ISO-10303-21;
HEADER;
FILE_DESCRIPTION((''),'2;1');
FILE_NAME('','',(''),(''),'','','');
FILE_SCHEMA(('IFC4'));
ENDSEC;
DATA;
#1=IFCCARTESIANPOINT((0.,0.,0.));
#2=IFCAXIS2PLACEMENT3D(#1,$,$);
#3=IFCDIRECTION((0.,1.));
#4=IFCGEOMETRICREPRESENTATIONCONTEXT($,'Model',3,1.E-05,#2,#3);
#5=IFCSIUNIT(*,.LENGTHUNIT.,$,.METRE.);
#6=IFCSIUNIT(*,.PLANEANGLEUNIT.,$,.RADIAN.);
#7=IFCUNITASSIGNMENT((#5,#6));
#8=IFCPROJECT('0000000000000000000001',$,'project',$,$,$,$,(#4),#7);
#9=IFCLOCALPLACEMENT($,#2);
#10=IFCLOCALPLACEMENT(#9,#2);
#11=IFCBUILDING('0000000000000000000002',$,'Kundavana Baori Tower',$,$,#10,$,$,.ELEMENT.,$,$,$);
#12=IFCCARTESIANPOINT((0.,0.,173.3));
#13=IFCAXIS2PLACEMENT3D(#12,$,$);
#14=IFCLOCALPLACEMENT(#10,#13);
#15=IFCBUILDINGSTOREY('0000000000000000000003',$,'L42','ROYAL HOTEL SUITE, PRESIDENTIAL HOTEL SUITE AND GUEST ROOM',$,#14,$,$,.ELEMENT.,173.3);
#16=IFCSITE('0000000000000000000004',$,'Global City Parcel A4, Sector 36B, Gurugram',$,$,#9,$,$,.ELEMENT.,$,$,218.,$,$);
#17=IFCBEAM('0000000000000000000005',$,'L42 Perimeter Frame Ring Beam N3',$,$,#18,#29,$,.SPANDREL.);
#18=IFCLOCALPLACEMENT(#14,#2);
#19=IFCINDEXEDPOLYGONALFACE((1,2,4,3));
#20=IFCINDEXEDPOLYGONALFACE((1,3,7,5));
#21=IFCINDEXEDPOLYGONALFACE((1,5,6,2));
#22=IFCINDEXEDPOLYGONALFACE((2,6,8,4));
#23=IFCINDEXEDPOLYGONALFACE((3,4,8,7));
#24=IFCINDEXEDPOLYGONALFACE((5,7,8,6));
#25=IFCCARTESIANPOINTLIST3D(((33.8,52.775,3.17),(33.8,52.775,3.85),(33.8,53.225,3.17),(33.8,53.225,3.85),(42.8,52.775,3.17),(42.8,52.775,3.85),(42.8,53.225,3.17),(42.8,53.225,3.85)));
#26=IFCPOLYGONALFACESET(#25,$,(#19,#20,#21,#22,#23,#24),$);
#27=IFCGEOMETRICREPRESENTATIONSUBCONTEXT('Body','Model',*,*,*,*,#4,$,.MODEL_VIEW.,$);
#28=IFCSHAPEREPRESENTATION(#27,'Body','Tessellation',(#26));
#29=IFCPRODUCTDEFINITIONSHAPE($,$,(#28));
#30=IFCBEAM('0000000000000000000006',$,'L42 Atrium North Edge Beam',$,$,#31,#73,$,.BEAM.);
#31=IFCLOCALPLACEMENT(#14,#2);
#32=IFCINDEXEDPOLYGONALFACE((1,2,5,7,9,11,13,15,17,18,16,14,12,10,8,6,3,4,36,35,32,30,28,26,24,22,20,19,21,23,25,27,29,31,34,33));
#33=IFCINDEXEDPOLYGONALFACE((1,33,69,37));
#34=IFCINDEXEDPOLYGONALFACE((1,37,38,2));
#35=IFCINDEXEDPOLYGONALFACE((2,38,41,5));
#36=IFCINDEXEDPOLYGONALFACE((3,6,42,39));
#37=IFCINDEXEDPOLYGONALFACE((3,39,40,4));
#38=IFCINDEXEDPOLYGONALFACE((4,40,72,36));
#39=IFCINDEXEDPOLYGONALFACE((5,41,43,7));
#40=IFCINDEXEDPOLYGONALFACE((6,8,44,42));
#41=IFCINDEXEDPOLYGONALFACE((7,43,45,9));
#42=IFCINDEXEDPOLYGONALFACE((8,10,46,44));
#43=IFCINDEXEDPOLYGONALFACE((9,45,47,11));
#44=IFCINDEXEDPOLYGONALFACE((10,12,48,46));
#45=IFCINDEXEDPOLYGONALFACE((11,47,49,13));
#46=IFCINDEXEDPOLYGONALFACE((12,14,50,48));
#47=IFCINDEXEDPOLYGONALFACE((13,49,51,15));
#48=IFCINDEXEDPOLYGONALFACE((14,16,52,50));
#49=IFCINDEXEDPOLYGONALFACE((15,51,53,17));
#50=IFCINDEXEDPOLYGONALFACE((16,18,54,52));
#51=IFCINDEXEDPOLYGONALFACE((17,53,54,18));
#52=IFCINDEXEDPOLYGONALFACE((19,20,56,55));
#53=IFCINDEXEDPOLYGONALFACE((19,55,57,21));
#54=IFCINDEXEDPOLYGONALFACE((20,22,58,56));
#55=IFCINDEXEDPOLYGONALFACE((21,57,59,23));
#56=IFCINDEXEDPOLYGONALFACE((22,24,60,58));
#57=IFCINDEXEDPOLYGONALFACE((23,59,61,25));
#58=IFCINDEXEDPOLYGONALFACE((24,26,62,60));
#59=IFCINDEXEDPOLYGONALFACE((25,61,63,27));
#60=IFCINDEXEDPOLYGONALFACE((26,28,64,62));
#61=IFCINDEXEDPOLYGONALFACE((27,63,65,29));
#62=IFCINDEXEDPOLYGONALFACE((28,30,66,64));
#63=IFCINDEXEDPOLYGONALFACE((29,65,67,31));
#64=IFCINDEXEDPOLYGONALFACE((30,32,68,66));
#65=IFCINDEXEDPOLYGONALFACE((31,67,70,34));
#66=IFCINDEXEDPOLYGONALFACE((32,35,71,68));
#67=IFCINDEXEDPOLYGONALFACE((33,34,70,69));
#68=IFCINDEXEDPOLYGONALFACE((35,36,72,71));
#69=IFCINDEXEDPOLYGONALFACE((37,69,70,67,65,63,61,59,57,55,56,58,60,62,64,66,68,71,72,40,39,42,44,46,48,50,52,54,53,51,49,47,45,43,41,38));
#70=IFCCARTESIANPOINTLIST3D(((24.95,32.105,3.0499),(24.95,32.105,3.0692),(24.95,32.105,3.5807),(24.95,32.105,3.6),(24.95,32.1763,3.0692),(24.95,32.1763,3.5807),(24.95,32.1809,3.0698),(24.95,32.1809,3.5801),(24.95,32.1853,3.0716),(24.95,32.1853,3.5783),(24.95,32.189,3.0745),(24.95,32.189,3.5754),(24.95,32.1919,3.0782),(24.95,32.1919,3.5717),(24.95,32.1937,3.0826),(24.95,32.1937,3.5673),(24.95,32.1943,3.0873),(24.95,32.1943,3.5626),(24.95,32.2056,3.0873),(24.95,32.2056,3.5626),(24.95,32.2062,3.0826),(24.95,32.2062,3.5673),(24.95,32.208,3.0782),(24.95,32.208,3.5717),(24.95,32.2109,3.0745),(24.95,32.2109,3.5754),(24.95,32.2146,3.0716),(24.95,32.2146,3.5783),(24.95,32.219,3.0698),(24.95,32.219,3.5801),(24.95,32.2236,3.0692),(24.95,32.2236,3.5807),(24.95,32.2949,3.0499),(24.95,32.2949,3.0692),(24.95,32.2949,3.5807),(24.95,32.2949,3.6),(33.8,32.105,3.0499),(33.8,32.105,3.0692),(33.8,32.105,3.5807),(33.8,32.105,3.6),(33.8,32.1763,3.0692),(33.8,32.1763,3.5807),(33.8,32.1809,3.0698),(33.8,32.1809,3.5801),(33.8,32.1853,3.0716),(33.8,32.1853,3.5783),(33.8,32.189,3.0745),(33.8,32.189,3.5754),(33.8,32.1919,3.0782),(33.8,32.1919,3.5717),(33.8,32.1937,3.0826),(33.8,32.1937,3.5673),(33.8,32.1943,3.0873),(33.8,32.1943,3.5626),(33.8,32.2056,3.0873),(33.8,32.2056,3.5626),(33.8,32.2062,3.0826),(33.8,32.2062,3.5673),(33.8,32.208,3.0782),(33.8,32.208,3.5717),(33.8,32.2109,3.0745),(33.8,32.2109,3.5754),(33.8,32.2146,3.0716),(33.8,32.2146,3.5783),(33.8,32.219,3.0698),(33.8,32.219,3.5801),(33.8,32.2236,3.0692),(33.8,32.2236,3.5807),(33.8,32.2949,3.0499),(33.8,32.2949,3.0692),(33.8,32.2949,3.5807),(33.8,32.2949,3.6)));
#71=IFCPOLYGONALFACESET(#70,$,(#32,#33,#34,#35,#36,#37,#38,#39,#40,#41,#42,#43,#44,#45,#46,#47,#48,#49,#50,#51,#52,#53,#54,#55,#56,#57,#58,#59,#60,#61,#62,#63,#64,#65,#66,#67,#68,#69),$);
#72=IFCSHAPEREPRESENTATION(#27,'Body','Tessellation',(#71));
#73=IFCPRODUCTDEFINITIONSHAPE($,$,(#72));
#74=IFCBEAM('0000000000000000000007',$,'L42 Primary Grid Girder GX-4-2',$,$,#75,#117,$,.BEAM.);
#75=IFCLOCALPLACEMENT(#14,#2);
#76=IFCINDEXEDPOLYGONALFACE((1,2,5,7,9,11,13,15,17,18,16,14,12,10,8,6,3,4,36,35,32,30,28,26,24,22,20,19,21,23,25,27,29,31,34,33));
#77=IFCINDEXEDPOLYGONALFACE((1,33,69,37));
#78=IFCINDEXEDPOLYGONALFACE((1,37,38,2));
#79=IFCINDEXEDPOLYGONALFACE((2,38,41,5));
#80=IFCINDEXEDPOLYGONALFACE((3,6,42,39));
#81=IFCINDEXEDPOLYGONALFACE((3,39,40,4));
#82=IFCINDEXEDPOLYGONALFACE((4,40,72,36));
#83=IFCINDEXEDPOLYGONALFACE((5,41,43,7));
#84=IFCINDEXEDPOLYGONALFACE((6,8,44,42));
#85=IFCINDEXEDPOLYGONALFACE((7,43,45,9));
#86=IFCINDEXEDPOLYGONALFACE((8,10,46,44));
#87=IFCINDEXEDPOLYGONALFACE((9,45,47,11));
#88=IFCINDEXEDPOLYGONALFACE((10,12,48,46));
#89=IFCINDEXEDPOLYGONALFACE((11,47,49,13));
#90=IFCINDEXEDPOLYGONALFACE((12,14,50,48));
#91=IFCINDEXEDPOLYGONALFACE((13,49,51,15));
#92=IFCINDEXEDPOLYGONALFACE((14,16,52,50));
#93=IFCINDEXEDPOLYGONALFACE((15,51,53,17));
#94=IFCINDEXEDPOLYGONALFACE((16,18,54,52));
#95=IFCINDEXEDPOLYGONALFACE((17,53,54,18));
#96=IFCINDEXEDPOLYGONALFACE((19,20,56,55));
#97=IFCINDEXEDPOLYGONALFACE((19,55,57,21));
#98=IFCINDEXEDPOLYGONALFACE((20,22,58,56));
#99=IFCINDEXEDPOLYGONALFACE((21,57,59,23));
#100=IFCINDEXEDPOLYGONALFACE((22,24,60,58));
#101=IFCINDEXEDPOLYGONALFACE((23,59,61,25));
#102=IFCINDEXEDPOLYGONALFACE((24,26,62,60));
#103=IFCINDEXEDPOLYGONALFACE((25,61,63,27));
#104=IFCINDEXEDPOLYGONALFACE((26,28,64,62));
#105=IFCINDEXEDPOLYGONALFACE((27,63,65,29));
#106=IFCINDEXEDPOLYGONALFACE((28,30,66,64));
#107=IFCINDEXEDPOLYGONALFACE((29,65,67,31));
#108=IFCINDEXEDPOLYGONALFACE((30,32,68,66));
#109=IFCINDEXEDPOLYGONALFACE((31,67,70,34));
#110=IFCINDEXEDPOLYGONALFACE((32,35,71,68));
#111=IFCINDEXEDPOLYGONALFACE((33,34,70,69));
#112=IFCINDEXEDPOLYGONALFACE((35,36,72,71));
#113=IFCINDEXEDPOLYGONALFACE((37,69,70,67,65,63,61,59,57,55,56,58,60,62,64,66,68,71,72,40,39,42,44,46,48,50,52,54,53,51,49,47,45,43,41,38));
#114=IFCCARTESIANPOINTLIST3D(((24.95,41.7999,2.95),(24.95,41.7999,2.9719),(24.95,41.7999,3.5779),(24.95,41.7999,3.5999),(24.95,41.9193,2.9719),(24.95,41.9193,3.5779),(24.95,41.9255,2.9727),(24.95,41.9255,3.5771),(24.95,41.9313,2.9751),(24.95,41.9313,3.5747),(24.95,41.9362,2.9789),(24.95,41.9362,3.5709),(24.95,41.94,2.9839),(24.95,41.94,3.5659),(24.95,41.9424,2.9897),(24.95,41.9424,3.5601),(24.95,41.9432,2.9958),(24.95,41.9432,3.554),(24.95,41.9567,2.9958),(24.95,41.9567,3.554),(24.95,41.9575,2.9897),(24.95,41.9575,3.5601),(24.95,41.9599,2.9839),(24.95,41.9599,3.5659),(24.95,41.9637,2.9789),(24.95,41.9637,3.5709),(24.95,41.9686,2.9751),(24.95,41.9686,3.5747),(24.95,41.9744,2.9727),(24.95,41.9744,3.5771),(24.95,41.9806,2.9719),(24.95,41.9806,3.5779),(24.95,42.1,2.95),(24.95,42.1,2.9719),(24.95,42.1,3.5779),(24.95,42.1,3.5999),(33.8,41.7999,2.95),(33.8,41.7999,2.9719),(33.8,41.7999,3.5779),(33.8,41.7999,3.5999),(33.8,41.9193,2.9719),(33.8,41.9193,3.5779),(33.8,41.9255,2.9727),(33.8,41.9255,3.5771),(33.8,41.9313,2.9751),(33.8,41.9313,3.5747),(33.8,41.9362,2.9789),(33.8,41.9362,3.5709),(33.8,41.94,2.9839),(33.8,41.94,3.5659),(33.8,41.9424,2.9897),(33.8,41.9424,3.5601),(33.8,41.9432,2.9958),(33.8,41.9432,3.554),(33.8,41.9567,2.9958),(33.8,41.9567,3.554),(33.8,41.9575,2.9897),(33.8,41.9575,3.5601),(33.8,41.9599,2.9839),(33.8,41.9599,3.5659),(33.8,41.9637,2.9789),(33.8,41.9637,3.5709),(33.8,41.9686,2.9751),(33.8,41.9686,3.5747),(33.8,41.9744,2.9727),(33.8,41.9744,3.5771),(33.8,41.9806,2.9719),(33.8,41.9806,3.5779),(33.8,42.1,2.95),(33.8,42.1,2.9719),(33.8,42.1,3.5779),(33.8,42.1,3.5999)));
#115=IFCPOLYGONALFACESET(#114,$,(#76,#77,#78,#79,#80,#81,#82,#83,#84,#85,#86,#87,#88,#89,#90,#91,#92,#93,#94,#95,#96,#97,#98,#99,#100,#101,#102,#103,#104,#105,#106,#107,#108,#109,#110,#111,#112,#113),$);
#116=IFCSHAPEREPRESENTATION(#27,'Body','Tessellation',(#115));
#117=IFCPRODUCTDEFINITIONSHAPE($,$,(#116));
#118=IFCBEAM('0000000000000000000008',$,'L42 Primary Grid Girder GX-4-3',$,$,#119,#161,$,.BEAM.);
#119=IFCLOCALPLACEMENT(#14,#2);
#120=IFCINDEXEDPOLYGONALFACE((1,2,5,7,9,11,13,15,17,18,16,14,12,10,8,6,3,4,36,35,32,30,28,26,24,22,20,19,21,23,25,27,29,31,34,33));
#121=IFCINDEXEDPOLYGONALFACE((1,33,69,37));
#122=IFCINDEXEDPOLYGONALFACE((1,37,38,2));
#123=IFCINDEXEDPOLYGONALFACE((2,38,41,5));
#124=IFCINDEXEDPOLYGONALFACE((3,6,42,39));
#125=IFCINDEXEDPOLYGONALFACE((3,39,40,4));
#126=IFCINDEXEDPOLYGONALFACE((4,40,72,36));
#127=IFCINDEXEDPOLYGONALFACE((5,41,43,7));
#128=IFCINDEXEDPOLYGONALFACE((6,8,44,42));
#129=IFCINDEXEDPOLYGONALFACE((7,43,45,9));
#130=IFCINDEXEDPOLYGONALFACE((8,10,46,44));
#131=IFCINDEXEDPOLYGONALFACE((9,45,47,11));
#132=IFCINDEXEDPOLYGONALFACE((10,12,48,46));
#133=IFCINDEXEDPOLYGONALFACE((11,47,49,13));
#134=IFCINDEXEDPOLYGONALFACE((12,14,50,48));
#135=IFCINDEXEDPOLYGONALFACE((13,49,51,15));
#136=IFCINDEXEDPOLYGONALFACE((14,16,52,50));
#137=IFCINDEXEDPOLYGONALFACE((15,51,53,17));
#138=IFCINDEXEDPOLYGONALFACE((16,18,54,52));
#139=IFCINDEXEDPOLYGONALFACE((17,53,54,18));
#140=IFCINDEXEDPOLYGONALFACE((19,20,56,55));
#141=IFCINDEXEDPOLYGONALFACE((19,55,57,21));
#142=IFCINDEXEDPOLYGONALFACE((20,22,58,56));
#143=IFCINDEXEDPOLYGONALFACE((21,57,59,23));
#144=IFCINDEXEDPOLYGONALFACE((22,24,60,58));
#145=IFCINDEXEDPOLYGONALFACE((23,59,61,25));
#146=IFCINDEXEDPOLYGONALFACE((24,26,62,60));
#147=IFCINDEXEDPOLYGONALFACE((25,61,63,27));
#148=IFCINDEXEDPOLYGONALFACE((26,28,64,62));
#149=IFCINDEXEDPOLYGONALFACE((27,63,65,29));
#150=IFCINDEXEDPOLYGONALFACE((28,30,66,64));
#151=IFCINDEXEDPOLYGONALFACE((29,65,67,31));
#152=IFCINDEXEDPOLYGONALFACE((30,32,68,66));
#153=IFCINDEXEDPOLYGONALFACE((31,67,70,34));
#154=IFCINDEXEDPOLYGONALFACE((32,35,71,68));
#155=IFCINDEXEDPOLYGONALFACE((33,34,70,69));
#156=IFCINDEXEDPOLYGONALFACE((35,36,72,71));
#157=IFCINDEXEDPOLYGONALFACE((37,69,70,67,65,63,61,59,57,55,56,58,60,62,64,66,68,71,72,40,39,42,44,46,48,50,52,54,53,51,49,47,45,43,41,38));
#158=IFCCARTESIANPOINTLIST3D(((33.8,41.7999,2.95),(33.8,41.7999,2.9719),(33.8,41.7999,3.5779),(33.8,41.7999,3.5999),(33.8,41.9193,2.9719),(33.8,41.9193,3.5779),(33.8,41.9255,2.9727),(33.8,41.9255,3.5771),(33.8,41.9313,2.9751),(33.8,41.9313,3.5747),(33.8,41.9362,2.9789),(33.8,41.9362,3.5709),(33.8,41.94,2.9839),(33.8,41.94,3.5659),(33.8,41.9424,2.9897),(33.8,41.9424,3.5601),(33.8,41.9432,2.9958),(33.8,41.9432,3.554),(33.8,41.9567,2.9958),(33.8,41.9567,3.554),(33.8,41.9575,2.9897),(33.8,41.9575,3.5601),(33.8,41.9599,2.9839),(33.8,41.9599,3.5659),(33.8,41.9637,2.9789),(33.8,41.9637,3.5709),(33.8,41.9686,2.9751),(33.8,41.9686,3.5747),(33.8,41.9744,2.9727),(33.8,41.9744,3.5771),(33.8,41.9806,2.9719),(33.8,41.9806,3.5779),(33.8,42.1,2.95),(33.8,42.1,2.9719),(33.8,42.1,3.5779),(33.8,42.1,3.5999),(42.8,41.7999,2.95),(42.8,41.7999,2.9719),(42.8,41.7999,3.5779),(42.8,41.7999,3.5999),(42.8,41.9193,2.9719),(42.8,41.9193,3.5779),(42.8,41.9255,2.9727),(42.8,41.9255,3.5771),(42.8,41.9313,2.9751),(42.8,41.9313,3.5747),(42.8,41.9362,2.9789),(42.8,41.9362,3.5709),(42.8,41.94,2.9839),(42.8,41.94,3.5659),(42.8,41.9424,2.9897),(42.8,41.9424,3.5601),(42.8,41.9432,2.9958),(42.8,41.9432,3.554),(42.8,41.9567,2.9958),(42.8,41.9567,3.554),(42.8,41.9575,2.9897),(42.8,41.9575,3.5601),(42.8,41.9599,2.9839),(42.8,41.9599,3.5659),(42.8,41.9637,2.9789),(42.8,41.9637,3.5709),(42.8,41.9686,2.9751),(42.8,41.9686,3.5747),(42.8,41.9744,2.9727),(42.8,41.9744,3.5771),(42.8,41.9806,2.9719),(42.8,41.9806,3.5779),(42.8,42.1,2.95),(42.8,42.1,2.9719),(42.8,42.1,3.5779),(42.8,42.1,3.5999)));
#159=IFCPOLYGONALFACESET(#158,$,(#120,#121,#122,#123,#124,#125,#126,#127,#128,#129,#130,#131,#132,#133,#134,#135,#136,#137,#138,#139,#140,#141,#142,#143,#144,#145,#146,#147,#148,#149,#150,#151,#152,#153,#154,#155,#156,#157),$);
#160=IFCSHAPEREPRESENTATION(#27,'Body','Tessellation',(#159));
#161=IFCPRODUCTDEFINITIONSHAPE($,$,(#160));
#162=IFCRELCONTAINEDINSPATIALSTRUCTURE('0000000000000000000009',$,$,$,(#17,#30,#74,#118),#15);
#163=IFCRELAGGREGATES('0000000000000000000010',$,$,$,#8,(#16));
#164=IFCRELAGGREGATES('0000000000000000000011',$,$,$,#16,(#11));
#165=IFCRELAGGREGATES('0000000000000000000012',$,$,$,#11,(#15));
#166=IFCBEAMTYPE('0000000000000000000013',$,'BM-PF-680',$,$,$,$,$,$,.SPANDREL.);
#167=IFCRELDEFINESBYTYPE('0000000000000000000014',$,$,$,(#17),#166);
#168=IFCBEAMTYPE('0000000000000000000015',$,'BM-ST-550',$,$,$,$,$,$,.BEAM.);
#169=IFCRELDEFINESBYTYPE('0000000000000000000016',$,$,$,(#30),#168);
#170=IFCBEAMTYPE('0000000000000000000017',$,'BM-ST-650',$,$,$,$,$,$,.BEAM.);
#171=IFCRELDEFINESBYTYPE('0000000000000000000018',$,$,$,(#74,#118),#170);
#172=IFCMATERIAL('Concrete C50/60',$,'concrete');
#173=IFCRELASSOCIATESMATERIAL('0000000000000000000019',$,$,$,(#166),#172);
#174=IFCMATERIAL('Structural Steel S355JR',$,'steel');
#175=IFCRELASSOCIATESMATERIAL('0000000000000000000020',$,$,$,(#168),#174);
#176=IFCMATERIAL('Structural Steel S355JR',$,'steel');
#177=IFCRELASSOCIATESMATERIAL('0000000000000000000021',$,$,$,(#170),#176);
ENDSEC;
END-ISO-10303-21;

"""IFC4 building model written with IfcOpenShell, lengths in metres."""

from ifc_helpers import new_model, si_unit, direction, frame, origin, origin_2d, place, context, subcontext, project, spatial, rectangle, i_section, extrude, material, material_profile, profile_set, type_object, element, save


model = new_model("IFC4")

# Units and contexts
model_context = context("Model", 3, precision=1e-05, world=origin(), true_north=direction((0.0, 1.0)))
body_context = subcontext(model_context, "Body", "Model", "MODEL_VIEW")
ifc_project = project(units=[si_unit("LENGTHUNIT", "METRE"), si_unit("PLANEANGLEUNIT", "RADIAN")], contexts=[model_context])

# Site, building, storey
site_placement = place(None, origin())
site = spatial("IfcSite", under=ifc_project, at=site_placement, Name="Global City Parcel A4, Sector 36B, Gurugram", CompositionType="ELEMENT", RefElevation=218.0)
building_placement = place(site_placement, origin())
building = spatial("IfcBuilding", under=site, at=building_placement, Name="Kundavana Baori Tower", CompositionType="ELEMENT")
storey_placement = place(building_placement, frame((0.0, 0.0, 173.3)))
storey = spatial("IfcBuildingStorey", under=building, at=storey_placement, Name="L42", Description="ROYAL HOTEL SUITE, PRESIDENTIAL HOTEL SUITE AND GUEST ROOM", CompositionType="ELEMENT", Elevation=173.3)

# Beams
ifc_material_1 = material(Name="Concrete C50/60", Category="concrete")
ifc_material_profile_1 = material_profile(ifc_material_1, rectangle(XDim=0.45, YDim=0.6799, at=origin_2d()), Name="RC BM 450x680")
ifc_profile_set_1 = profile_set([ifc_material_profile_1], Name="Concrete C50/60")
beam_type_1 = type_object("IfcBeamType", Name="BM-PF-680", PredefinedType="SPANDREL", material=ifc_profile_set_1)
beam_1_placement = place(storey_placement, frame((33.8, 53.0, 3.51), z_axis=(1.0, 0.0, 0.0), x_axis=(0.0, 1.0, 0.0)))
element("IfcBeam", 1, at=beam_1_placement, inside=storey, type_object=beam_type_1, Name="L42 Perimeter Frame Ring Beam N3", PredefinedType="SPANDREL", context=body_context, shape_type="SweptSolid", body=[
    extrude(rectangle(XDim=0.45, YDim=0.6799, at=origin_2d()), origin(), (0.0, 0.0, 1.0), 9.0),
])
ifc_material_2 = material(Name="Structural Steel S355JR", Category="steel")
ifc_material_profile_2 = material_profile(ifc_material_2, i_section(OverallWidth=0.1899, OverallDepth=0.55, WebThickness=0.0112, FlangeThickness=0.0193, FilletRadius=0.0181, at=origin_2d()), Name="ISMB 550")
ifc_profile_set_2 = profile_set([ifc_material_profile_2], Name="Structural Steel S355JR")
beam_type_2 = type_object("IfcBeamType", Name="BM-ST-550", PredefinedType="BEAM", material=ifc_profile_set_2)
beam_2_placement = place(storey_placement, frame((24.95, 32.2, 3.325), z_axis=(1.0, 0.0, 0.0), x_axis=(0.0, 1.0, 0.0)))
element("IfcBeam", 2, at=beam_2_placement, inside=storey, type_object=beam_type_2, Name="L42 Atrium North Edge Beam", PredefinedType="BEAM", context=body_context, shape_type="SweptSolid", body=[
    extrude(i_section(OverallWidth=0.1899, OverallDepth=0.55, WebThickness=0.0112, FlangeThickness=0.0193, FilletRadius=0.0181, at=origin_2d()), origin(), (0.0, 0.0, 1.0), 8.8501),
])
ifc_material_3 = material(Name="Structural Steel S355JR", Category="steel")
ifc_material_profile_3 = material_profile(ifc_material_3, i_section(OverallWidth=0.3, OverallDepth=0.6499, WebThickness=0.0134, FlangeThickness=0.022, FilletRadius=0.0239, at=origin_2d()), Name="NPB 650x300x155")
ifc_profile_set_3 = profile_set([ifc_material_profile_3], Name="Structural Steel S355JR")
beam_type_3 = type_object("IfcBeamType", Name="BM-ST-650", PredefinedType="BEAM", material=ifc_profile_set_3)
beam_3_placement = place(storey_placement, frame((24.95, 41.95, 3.2749), z_axis=(1.0, 0.0, 0.0), x_axis=(0.0, 1.0, 0.0)))
element("IfcBeam", 3, at=beam_3_placement, inside=storey, type_object=beam_type_3, Name="L42 Primary Grid Girder GX-4-2", PredefinedType="BEAM", context=body_context, shape_type="SweptSolid", body=[
    extrude(i_section(OverallWidth=0.3, OverallDepth=0.6499, WebThickness=0.0134, FlangeThickness=0.022, FilletRadius=0.0239, at=origin_2d()), origin(), (0.0, 0.0, 1.0), 8.8501),
])
beam_4_placement = place(storey_placement, frame((33.8, 41.95, 3.2749), z_axis=(1.0, 0.0, 0.0), x_axis=(0.0, 1.0, 0.0)))
element("IfcBeam", 4, at=beam_4_placement, inside=storey, type_object=beam_type_3, Name="L42 Primary Grid Girder GX-4-3", PredefinedType="BEAM", context=body_context, shape_type="SweptSolid", body=[
    extrude(i_section(OverallWidth=0.3, OverallDepth=0.6499, WebThickness=0.0134, FlangeThickness=0.022, FilletRadius=0.0239, at=origin_2d()), origin(), (0.0, 0.0, 1.0), 9.0),
])

save(model, "model.ifc")
